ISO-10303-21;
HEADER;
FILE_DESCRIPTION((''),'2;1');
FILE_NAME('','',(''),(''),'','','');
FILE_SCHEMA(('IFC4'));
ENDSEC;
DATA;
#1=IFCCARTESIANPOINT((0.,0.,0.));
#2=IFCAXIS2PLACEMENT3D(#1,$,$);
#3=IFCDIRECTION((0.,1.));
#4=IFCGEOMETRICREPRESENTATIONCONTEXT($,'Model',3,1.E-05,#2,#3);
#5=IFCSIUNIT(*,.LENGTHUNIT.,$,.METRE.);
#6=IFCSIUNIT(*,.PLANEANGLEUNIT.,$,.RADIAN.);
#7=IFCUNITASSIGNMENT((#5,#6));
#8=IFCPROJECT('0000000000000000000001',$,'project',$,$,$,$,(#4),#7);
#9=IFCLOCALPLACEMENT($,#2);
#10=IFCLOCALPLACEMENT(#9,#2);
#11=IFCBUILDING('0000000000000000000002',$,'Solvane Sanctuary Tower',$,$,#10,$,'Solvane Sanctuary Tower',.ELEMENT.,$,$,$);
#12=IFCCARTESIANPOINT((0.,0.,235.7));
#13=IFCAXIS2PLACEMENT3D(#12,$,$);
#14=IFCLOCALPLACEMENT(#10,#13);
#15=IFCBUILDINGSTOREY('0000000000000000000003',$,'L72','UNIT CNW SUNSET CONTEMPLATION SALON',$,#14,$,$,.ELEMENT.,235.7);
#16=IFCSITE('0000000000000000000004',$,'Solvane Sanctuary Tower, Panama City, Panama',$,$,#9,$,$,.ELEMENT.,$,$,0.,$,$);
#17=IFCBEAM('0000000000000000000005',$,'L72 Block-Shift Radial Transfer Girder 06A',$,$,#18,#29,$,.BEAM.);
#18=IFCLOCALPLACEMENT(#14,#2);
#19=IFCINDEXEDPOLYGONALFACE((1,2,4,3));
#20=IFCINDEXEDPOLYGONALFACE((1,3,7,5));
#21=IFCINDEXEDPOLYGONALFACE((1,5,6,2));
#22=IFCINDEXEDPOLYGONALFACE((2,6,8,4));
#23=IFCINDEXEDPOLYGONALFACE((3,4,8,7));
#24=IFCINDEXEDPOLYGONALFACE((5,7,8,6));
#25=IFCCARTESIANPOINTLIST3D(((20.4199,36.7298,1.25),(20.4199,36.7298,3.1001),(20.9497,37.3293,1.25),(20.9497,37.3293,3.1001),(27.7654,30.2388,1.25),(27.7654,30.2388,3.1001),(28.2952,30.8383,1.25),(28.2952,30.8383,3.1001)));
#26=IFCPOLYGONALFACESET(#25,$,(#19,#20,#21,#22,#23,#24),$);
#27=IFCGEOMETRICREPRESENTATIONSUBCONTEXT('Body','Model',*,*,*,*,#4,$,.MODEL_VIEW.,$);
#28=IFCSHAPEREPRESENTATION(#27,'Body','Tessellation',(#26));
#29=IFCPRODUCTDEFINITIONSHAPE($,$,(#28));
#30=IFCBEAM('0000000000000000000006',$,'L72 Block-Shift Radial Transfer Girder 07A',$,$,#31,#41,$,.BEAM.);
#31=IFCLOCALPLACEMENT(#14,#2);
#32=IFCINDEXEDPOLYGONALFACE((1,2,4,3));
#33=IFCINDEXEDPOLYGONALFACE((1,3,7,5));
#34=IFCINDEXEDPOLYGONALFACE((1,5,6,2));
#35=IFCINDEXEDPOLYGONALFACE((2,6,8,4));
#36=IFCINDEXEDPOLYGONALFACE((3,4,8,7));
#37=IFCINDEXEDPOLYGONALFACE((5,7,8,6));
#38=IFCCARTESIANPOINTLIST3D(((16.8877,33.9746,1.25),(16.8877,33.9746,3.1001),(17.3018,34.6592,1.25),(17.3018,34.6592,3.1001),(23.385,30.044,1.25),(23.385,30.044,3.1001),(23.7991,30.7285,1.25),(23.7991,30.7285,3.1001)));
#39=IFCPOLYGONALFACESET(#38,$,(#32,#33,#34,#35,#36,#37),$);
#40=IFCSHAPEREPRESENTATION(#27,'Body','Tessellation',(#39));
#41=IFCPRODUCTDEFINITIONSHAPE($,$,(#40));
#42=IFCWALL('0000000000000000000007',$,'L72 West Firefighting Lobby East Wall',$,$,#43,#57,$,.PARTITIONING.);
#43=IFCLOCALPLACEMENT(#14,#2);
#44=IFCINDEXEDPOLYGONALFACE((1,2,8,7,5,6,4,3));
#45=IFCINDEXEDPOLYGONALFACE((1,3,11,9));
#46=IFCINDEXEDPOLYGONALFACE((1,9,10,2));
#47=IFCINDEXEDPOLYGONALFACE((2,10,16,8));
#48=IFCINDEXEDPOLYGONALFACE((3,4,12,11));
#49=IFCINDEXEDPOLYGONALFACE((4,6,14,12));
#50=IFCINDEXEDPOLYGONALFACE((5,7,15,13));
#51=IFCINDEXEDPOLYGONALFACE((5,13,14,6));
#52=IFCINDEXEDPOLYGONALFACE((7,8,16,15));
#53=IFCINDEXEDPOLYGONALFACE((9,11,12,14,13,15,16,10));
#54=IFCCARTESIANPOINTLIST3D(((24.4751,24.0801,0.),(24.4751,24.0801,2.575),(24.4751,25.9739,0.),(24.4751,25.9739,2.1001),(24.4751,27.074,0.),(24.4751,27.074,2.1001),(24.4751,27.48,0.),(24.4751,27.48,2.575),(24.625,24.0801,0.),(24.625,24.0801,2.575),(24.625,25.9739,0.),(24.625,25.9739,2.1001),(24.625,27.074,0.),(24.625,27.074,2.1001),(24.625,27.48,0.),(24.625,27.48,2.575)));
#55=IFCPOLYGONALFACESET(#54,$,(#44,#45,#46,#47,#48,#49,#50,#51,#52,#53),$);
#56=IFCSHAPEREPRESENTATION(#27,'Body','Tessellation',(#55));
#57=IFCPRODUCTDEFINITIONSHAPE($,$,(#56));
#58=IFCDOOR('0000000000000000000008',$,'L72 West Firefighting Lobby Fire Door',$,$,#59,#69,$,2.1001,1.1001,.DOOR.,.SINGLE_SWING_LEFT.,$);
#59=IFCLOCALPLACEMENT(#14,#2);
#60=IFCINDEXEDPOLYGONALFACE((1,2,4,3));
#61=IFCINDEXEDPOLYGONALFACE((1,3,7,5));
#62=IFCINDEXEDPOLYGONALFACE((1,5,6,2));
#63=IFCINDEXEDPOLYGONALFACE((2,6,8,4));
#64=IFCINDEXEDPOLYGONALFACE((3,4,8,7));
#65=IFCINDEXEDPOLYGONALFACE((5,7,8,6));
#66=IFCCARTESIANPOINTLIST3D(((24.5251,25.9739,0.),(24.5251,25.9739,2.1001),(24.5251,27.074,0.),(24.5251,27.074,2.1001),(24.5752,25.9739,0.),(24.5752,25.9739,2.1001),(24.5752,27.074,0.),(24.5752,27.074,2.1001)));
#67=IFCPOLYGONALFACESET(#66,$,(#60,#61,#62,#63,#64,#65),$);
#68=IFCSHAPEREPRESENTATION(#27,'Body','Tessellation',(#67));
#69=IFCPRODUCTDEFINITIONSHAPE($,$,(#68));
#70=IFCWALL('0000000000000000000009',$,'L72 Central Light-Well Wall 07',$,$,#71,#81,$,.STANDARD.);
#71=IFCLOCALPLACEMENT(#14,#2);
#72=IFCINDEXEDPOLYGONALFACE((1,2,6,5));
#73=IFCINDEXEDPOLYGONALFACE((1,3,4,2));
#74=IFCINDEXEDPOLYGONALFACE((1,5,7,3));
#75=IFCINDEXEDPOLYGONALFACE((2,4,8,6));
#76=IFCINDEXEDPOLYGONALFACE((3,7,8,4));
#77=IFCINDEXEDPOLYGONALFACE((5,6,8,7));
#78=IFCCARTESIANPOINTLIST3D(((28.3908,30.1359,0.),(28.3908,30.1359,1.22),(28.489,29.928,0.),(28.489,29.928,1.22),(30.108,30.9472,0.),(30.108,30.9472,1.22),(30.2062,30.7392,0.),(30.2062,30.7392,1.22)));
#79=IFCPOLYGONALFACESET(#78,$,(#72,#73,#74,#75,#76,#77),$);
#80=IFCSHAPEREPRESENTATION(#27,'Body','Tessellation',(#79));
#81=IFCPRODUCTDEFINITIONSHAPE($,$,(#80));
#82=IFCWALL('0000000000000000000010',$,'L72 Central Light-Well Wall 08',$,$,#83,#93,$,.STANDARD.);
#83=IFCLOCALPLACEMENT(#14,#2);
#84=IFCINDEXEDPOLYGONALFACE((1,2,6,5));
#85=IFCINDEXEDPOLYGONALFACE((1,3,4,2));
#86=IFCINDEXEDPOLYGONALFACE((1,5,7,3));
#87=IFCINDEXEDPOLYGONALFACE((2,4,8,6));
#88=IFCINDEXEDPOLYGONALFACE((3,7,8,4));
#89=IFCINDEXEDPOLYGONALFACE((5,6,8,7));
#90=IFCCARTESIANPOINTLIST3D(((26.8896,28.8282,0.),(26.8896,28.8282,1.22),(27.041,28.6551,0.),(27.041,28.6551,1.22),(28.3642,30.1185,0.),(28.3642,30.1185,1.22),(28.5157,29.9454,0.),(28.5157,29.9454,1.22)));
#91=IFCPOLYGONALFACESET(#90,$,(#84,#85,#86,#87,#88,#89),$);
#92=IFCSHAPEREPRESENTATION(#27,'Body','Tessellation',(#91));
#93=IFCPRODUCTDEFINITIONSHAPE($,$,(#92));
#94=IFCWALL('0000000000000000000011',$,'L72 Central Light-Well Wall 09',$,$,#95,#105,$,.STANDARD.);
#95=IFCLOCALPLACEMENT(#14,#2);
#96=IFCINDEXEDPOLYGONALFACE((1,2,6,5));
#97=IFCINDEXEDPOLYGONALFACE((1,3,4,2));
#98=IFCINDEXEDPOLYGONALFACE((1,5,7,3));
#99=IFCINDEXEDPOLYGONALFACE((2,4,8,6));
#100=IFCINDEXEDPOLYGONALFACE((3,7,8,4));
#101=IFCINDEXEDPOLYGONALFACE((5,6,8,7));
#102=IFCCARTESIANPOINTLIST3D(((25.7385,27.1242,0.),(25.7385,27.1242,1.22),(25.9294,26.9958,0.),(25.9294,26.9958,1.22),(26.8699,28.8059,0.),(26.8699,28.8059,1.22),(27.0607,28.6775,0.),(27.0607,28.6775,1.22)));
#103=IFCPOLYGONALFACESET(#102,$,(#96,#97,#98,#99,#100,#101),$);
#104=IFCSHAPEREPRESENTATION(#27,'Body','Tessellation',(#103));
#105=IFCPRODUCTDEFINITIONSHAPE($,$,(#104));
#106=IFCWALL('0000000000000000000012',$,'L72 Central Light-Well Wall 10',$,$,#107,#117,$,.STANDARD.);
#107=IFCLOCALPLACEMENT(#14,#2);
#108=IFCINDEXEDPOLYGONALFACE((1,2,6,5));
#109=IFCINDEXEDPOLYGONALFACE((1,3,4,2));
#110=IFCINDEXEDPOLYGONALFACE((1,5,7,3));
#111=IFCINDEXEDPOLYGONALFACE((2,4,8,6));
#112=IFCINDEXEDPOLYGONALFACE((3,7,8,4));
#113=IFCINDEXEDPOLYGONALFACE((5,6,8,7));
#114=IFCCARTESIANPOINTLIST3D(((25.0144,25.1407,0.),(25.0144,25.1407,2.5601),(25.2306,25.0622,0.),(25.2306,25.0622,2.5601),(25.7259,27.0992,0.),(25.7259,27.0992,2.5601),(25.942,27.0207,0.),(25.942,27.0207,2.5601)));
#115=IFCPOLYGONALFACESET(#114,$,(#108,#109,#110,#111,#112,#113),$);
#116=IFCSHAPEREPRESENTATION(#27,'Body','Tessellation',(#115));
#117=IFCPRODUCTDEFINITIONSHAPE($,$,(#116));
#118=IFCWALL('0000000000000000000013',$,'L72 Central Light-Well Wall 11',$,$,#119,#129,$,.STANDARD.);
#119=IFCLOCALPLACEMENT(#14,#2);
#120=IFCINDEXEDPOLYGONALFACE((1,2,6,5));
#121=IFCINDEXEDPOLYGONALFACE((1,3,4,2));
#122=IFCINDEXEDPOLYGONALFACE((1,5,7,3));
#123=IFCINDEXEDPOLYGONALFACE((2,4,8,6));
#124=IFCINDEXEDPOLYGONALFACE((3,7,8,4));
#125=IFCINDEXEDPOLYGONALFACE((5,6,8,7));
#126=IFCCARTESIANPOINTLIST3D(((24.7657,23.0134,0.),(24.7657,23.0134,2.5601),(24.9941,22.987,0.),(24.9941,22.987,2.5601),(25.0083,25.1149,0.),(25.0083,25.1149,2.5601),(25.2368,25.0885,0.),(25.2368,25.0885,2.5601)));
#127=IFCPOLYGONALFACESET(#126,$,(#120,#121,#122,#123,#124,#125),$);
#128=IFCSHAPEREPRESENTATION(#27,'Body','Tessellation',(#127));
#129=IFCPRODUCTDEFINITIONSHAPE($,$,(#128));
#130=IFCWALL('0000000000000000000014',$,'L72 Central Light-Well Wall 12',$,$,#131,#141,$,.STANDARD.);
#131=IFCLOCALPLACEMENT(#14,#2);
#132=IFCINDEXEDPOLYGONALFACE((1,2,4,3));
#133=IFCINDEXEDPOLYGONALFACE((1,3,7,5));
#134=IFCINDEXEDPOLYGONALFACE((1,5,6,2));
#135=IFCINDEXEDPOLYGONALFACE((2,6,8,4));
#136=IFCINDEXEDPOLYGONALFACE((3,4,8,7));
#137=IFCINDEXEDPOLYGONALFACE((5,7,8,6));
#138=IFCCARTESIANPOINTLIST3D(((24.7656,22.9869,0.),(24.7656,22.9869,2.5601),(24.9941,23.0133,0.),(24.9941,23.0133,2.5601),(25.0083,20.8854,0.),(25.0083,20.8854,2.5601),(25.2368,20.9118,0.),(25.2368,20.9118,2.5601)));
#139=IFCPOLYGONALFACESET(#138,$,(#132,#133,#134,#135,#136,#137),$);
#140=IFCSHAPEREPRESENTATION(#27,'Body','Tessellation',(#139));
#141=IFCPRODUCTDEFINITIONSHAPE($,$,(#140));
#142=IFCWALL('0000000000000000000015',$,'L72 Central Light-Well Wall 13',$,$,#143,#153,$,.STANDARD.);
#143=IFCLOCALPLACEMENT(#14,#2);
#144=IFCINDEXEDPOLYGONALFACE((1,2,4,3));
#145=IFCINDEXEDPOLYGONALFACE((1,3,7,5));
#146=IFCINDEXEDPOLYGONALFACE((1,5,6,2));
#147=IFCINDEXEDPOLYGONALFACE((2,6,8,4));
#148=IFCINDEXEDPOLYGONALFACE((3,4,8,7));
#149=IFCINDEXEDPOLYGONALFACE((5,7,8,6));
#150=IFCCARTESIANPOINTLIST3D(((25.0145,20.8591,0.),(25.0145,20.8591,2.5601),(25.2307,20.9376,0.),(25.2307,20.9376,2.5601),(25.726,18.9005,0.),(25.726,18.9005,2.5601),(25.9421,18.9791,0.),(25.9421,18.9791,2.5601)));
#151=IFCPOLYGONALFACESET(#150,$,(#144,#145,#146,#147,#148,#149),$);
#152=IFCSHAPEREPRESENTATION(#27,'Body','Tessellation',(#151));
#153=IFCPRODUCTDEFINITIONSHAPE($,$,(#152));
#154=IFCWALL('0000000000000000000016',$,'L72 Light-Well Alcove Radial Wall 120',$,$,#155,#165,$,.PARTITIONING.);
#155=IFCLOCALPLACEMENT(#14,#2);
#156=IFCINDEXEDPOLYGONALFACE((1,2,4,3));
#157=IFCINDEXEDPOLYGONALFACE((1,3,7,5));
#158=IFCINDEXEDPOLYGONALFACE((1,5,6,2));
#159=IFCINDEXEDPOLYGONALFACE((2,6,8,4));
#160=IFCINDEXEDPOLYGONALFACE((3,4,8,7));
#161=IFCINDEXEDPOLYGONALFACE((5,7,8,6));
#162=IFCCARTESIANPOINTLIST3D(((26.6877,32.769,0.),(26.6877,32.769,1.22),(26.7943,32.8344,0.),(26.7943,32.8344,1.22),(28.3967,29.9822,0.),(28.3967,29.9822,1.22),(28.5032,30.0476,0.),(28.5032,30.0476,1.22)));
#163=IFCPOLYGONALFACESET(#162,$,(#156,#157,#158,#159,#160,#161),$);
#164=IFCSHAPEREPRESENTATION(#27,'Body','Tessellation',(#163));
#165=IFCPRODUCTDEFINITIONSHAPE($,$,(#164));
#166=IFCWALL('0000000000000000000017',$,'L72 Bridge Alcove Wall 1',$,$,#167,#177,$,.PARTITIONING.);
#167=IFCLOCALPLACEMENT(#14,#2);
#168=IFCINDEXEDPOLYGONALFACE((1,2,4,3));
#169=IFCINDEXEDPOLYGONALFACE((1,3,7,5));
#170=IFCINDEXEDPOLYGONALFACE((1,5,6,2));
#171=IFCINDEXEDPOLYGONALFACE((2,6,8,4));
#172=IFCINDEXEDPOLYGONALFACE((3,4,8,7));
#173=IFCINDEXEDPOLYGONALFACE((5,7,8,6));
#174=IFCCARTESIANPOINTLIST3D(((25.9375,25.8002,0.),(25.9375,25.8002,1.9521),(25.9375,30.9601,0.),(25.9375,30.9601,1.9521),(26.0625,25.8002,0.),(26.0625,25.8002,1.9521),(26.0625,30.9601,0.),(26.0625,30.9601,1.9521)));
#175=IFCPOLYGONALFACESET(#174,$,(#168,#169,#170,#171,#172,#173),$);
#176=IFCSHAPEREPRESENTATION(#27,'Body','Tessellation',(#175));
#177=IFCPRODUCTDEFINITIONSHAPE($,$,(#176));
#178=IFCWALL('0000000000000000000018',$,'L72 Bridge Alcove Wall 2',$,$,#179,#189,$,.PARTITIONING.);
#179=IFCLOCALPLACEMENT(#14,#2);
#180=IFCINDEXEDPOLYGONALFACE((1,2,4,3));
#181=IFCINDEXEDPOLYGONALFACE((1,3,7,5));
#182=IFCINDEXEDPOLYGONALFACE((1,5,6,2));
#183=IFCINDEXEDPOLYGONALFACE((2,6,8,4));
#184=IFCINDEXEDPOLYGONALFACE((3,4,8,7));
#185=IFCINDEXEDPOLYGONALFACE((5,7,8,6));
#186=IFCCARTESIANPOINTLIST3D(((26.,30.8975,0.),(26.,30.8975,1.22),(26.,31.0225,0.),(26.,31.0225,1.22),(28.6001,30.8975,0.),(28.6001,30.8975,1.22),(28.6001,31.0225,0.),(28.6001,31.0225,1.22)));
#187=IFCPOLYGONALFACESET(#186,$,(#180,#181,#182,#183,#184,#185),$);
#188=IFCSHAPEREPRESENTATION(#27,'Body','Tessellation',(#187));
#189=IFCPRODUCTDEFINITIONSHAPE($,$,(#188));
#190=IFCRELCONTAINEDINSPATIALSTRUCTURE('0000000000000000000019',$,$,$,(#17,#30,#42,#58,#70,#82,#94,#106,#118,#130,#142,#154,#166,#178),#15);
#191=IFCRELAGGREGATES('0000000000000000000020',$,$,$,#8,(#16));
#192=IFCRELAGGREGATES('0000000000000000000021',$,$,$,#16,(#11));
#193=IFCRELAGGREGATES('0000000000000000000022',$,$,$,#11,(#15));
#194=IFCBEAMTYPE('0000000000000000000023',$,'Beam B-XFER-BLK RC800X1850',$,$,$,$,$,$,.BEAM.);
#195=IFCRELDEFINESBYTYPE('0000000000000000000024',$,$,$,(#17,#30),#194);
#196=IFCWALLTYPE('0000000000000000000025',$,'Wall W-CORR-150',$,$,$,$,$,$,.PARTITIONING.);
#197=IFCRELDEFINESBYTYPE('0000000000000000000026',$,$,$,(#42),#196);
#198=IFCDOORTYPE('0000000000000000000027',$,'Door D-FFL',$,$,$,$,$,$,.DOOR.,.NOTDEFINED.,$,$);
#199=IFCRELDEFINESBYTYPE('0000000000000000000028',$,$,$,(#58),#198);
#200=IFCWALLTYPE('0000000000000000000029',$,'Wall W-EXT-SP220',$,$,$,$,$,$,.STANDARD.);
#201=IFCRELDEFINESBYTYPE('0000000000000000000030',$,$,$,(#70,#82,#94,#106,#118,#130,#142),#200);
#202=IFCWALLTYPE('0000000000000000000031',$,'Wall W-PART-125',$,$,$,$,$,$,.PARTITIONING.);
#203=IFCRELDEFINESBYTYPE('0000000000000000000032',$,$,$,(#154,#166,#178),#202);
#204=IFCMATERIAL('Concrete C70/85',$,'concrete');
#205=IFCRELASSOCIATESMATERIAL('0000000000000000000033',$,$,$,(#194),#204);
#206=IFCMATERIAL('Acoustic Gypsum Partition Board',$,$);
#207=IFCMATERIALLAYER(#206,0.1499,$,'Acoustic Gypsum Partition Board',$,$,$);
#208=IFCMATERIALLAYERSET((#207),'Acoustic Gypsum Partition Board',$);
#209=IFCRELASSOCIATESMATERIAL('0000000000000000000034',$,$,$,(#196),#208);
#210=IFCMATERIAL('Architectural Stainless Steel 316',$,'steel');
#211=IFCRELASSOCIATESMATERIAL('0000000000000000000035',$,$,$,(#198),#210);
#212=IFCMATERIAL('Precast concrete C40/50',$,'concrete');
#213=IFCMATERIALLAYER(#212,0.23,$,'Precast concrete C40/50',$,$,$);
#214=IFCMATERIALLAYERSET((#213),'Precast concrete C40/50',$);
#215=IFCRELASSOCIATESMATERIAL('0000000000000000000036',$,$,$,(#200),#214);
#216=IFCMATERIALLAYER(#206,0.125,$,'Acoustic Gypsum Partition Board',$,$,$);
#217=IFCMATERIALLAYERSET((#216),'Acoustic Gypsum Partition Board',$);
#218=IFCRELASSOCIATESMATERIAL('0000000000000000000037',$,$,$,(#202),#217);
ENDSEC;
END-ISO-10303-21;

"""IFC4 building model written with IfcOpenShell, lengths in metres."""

from ifc_helpers import new_model, si_unit, direction, frame, frame_2d, origin, origin_2d, place, context, subcontext, project, spatial, rectangle, extrude, material, layer, layer_set, material_profile, profile_set, type_object, element, fill, save


model = new_model("IFC4")

# Units and contexts
model_context = context("Model", 3, precision=1e-05, world=origin(), true_north=direction((0.0, 1.0)))
body_context = subcontext(model_context, "Body", "Model", "MODEL_VIEW")
ifc_project = project(units=[si_unit("LENGTHUNIT", "METRE"), si_unit("PLANEANGLEUNIT", "RADIAN")], contexts=[model_context])

# Site, building, storey
site_placement = place(None, origin())
site = spatial("IfcSite", under=ifc_project, at=site_placement, Name="Solvane Sanctuary Tower, Panama City, Panama", CompositionType="ELEMENT", RefElevation=0.0)
building_placement = place(site_placement, origin())
building = spatial("IfcBuilding", under=site, at=building_placement, Name="Solvane Sanctuary Tower", LongName="Solvane Sanctuary Tower", CompositionType="ELEMENT")
storey_placement = place(building_placement, frame((0.0, 0.0, 235.7)))
storey = spatial("IfcBuildingStorey", under=building, at=storey_placement, Name="L72", Description="UNIT CNW SUNSET CONTEMPLATION SALON", CompositionType="ELEMENT", Elevation=235.7)

# Shared definitions
ifc_material_1 = material(Name="Concrete C70/85", Category="concrete")

# Beams
ifc_material_profile_1 = material_profile(ifc_material_1, rectangle(XDim=0.8, YDim=1.8501, at=origin_2d()), Name="RC800X1850")
ifc_profile_set_1 = profile_set([ifc_material_profile_1], Name="Concrete C70/85")
beam_type_1 = type_object("IfcBeamType", Name="Beam B-XFER-BLK RC800X1850", PredefinedType="BEAM", material=ifc_profile_set_1)
beam_1_placement = place(storey_placement, frame((28.0303, 30.5386, 2.175), z_axis=(-0.749348, 0.662177, 0.0), x_axis=(-0.662177, -0.749348, 0.0)))
element("IfcBeam", 1, at=beam_1_placement, inside=storey, type_object=beam_type_1, Name="L72 Block-Shift Radial Transfer Girder 06A", PredefinedType="BEAM", context=body_context, shape_type="SweptSolid", body=[
    extrude(rectangle(XDim=0.8, YDim=1.8501, at=origin_2d()), origin(), (0.0, 0.0, 1.0), 9.8025),
])
beam_2_placement = place(storey_placement, frame((23.592, 30.3862, 2.175), z_axis=(-0.855612, 0.517618, 0.0), x_axis=(-0.517618, -0.855612, 0.0)))
element("IfcBeam", 2, at=beam_2_placement, inside=storey, type_object=beam_type_1, Name="L72 Block-Shift Radial Transfer Girder 07A", PredefinedType="BEAM", context=body_context, shape_type="SweptSolid", body=[
    extrude(rectangle(XDim=0.8, YDim=1.8501, at=origin_2d()), origin(), (0.0, 0.0, 1.0), 7.5938),
])

# Wall, opening, door
ifc_material_2 = material(Name="Acoustic Gypsum Partition Board")
ifc_layer_1 = layer(ifc_material_2, 0.1499, Name="Acoustic Gypsum Partition Board")
ifc_layer_set_1 = layer_set([ifc_layer_1], Name="Acoustic Gypsum Partition Board")
wall_type_1 = type_object("IfcWallType", Name="Wall W-CORR-150", PredefinedType="PARTITIONING", material=ifc_layer_set_1)
wall_1_placement = place(storey_placement, frame((24.55, 24.0801, 0.0), z_axis=(0.0, 0.0, 1.0), x_axis=(0.0, 1.0, 0.0)))
wall_1 = element("IfcWall", 3, at=wall_1_placement, inside=storey, type_object=wall_type_1, Name="L72 West Firefighting Lobby East Wall", PredefinedType="PARTITIONING", context=body_context, shape_type="SweptSolid", body=[
    extrude(rectangle(XDim=3.3999, YDim=0.1499, at=frame_2d((1.7, 0.0))), origin(), (0.0, 0.0, 1.0), 2.575),
])
opening_placement = place(wall_1_placement, frame((1.8938, 0.0, 0.0)))
opening = element("IfcOpeningElement", 4, at=opening_placement, cuts=wall_1, PredefinedType="OPENING", context=body_context, shape_type="SweptSolid", body=[
    extrude(rectangle(XDim=1.1001, YDim=2.1001, at=frame_2d((0.55, 1.05))), frame((0.0, 0.085, 0.0), z_axis=(0.0, -1.0, 0.0), x_axis=(1.0, 0.0, 0.0)), (0.0, 0.0, 1.0), 0.1699),
])
ifc_material_3 = material(Name="Architectural Stainless Steel 316", Category="steel")
door_type = type_object("IfcDoorType", Name="Door D-FFL", OperationType="NOTDEFINED", PredefinedType="DOOR", material=ifc_material_3)
door_placement = place(opening_placement, origin())
door = element("IfcDoor", 5, at=door_placement, inside=storey, type_object=door_type, Name="L72 West Firefighting Lobby Fire Door", OperationType="SINGLE_SWING_LEFT", OverallHeight=2.1001, OverallWidth=1.1001, PredefinedType="DOOR", context=body_context, shape_type="SweptSolid", body=[
    extrude(rectangle(XDim=1.1001, YDim=2.1001, at=frame_2d((0.55, 1.05))), frame((0.0, 0.0249, 0.0), z_axis=(0.0, -1.0, 0.0), x_axis=(1.0, 0.0, 0.0)), (0.0, 0.0, 1.0), 0.05),
])
fill(opening, door)

# Walls
ifc_material_4 = material(Name="Precast concrete C40/50", Category="concrete")
ifc_layer_2 = layer(ifc_material_4, 0.23, Name="Precast concrete C40/50")
ifc_layer_set_2 = layer_set([ifc_layer_2], Name="Precast concrete C40/50")
wall_type_2 = type_object("IfcWallType", Name="Wall W-EXT-SP220", PredefinedType="STANDARD", material=ifc_layer_set_2)
wall_2_placement = place(storey_placement, frame((30.1572, 30.8433, 0.0), z_axis=(0.0, 0.0, 1.0), x_axis=(-0.90418, -0.427152, 0.0)))
element("IfcWall", 6, at=wall_2_placement, inside=storey, type_object=wall_type_2, Name="L72 Central Light-Well Wall 07", PredefinedType="STANDARD", context=body_context, shape_type="SweptSolid", body=[
    extrude(rectangle(XDim=1.8992, YDim=0.23, at=frame_2d((0.9497, 0.0))), origin(), (0.0, 0.0, 1.0), 1.22),
])
wall_3_placement = place(storey_placement, frame((28.4399, 30.032, 0.0), z_axis=(0.0, 0.0, 1.0), x_axis=(-0.752577, -0.658505, 0.0)))
element("IfcWall", 7, at=wall_3_placement, inside=storey, type_object=wall_type_2, Name="L72 Central Light-Well Wall 08", PredefinedType="STANDARD", context=body_context, shape_type="SweptSolid", body=[
    extrude(rectangle(XDim=1.9595, YDim=0.23, at=frame_2d((0.9797, 0.0))), origin(), (0.0, 0.0, 1.0), 1.22),
])
wall_4_placement = place(storey_placement, frame((26.9653, 28.7417, 0.0), z_axis=(0.0, 0.0, 1.0), x_axis=(-0.558198, -0.829708, 0.0)))
element("IfcWall", 8, at=wall_4_placement, inside=storey, type_object=wall_type_2, Name="L72 Central Light-Well Wall 09", PredefinedType="STANDARD", context=body_context, shape_type="SweptSolid", body=[
    extrude(rectangle(XDim=2.0269, YDim=0.23, at=frame_2d((1.0134, 0.0))), origin(), (0.0, 0.0, 1.0), 1.22),
])
wall_5_placement = place(storey_placement, frame((25.834, 27.0601, 0.0), z_axis=(0.0, 0.0, 1.0), x_axis=(-0.341423, -0.93991, 0.0)))
element("IfcWall", 9, at=wall_5_placement, inside=storey, type_object=wall_type_2, Name="L72 Central Light-Well Wall 10", PredefinedType="STANDARD", context=body_context, shape_type="SweptSolid", body=[
    extrude(rectangle(XDim=2.0837, YDim=0.23, at=frame_2d((1.042, 0.0))), origin(), (0.0, 0.0, 1.0), 2.5601),
])
for number, where, z_axis, x_axis, name in (
    (10, (25.1226, 25.1016, 0.0), (0.0, 0.0, 1.0), (-0.114712, -0.993399, 0.0), "L72 Central Light-Well Wall 11"),
    (11, (24.8799, 23.0, 0.0), (0.0, 0.0, 1.0), (0.114712, -0.993399, 0.0), "L72 Central Light-Well Wall 12"),
):
    element("IfcWall", number, at=place(storey_placement, frame(where, z_axis=z_axis, x_axis=x_axis)), inside=storey, type_object=wall_type_2, Name=name, PredefinedType="STANDARD", context=body_context, shape_type="SweptSolid", body=[
        extrude(rectangle(XDim=2.1155, YDim=0.23, at=frame_2d((1.0576, 0.0))), origin(), (0.0, 0.0, 1.0), 2.5601),
    ])
wall_6_placement = place(storey_placement, frame((25.1226, 20.8984, 0.0), z_axis=(0.0, 0.0, 1.0), x_axis=(0.341423, -0.93991, 0.0)))
element("IfcWall", 12, at=wall_6_placement, inside=storey, type_object=wall_type_2, Name="L72 Central Light-Well Wall 13", PredefinedType="STANDARD", context=body_context, shape_type="SweptSolid", body=[
    extrude(rectangle(XDim=2.0837, YDim=0.23, at=frame_2d((1.042, 0.0))), origin(), (0.0, 0.0, 1.0), 2.5601),
])
ifc_layer_3 = layer(ifc_material_2, 0.125, Name="Acoustic Gypsum Partition Board")
ifc_layer_set_3 = layer_set([ifc_layer_3], Name="Acoustic Gypsum Partition Board")
wall_type_3 = type_object("IfcWallType", Name="Wall W-PART-125", PredefinedType="PARTITIONING", material=ifc_layer_set_3)
wall_7_placement = place(storey_placement, frame((28.45, 30.0149, 0.0), z_axis=(0.0, 0.0, 1.0), x_axis=(-0.522763, 0.852478, 0.0)))
element("IfcWall", 13, at=wall_7_placement, inside=storey, type_object=wall_type_3, Name="L72 Light-Well Alcove Radial Wall 120", PredefinedType="PARTITIONING", context=body_context, shape_type="SweptSolid", body=[
    extrude(rectangle(XDim=3.269, YDim=0.125, at=frame_2d((1.6345, 0.0))), origin(), (0.0, 0.0, 1.0), 1.22),
])
wall_8_placement = place(storey_placement, frame((26.0, 25.8, 0.0), z_axis=(0.0, 0.0, 1.0), x_axis=(0.0, 1.0, 0.0)))
element("IfcWall", 14, at=wall_8_placement, inside=storey, type_object=wall_type_3, Name="L72 Bridge Alcove Wall 1", PredefinedType="PARTITIONING", context=body_context, shape_type="SweptSolid", body=[
    extrude(rectangle(XDim=5.1599, YDim=0.125, at=frame_2d((2.5801, 0.0))), origin(), (0.0, 0.0, 1.0), 1.9521),
])
wall_9_placement = place(storey_placement, frame((26.0, 30.96, 0.0), z_axis=(0.0, 0.0, 1.0), x_axis=(1.0, 0.0, 0.0)))
element("IfcWall", 15, at=wall_9_placement, inside=storey, type_object=wall_type_3, Name="L72 Bridge Alcove Wall 2", PredefinedType="PARTITIONING", context=body_context, shape_type="SweptSolid", body=[
    extrude(rectangle(XDim=2.6001, YDim=0.125, at=frame_2d((1.3, 0.0))), origin(), (0.0, 0.0, 1.0), 1.22),
])

save(model, "model.ifc")
